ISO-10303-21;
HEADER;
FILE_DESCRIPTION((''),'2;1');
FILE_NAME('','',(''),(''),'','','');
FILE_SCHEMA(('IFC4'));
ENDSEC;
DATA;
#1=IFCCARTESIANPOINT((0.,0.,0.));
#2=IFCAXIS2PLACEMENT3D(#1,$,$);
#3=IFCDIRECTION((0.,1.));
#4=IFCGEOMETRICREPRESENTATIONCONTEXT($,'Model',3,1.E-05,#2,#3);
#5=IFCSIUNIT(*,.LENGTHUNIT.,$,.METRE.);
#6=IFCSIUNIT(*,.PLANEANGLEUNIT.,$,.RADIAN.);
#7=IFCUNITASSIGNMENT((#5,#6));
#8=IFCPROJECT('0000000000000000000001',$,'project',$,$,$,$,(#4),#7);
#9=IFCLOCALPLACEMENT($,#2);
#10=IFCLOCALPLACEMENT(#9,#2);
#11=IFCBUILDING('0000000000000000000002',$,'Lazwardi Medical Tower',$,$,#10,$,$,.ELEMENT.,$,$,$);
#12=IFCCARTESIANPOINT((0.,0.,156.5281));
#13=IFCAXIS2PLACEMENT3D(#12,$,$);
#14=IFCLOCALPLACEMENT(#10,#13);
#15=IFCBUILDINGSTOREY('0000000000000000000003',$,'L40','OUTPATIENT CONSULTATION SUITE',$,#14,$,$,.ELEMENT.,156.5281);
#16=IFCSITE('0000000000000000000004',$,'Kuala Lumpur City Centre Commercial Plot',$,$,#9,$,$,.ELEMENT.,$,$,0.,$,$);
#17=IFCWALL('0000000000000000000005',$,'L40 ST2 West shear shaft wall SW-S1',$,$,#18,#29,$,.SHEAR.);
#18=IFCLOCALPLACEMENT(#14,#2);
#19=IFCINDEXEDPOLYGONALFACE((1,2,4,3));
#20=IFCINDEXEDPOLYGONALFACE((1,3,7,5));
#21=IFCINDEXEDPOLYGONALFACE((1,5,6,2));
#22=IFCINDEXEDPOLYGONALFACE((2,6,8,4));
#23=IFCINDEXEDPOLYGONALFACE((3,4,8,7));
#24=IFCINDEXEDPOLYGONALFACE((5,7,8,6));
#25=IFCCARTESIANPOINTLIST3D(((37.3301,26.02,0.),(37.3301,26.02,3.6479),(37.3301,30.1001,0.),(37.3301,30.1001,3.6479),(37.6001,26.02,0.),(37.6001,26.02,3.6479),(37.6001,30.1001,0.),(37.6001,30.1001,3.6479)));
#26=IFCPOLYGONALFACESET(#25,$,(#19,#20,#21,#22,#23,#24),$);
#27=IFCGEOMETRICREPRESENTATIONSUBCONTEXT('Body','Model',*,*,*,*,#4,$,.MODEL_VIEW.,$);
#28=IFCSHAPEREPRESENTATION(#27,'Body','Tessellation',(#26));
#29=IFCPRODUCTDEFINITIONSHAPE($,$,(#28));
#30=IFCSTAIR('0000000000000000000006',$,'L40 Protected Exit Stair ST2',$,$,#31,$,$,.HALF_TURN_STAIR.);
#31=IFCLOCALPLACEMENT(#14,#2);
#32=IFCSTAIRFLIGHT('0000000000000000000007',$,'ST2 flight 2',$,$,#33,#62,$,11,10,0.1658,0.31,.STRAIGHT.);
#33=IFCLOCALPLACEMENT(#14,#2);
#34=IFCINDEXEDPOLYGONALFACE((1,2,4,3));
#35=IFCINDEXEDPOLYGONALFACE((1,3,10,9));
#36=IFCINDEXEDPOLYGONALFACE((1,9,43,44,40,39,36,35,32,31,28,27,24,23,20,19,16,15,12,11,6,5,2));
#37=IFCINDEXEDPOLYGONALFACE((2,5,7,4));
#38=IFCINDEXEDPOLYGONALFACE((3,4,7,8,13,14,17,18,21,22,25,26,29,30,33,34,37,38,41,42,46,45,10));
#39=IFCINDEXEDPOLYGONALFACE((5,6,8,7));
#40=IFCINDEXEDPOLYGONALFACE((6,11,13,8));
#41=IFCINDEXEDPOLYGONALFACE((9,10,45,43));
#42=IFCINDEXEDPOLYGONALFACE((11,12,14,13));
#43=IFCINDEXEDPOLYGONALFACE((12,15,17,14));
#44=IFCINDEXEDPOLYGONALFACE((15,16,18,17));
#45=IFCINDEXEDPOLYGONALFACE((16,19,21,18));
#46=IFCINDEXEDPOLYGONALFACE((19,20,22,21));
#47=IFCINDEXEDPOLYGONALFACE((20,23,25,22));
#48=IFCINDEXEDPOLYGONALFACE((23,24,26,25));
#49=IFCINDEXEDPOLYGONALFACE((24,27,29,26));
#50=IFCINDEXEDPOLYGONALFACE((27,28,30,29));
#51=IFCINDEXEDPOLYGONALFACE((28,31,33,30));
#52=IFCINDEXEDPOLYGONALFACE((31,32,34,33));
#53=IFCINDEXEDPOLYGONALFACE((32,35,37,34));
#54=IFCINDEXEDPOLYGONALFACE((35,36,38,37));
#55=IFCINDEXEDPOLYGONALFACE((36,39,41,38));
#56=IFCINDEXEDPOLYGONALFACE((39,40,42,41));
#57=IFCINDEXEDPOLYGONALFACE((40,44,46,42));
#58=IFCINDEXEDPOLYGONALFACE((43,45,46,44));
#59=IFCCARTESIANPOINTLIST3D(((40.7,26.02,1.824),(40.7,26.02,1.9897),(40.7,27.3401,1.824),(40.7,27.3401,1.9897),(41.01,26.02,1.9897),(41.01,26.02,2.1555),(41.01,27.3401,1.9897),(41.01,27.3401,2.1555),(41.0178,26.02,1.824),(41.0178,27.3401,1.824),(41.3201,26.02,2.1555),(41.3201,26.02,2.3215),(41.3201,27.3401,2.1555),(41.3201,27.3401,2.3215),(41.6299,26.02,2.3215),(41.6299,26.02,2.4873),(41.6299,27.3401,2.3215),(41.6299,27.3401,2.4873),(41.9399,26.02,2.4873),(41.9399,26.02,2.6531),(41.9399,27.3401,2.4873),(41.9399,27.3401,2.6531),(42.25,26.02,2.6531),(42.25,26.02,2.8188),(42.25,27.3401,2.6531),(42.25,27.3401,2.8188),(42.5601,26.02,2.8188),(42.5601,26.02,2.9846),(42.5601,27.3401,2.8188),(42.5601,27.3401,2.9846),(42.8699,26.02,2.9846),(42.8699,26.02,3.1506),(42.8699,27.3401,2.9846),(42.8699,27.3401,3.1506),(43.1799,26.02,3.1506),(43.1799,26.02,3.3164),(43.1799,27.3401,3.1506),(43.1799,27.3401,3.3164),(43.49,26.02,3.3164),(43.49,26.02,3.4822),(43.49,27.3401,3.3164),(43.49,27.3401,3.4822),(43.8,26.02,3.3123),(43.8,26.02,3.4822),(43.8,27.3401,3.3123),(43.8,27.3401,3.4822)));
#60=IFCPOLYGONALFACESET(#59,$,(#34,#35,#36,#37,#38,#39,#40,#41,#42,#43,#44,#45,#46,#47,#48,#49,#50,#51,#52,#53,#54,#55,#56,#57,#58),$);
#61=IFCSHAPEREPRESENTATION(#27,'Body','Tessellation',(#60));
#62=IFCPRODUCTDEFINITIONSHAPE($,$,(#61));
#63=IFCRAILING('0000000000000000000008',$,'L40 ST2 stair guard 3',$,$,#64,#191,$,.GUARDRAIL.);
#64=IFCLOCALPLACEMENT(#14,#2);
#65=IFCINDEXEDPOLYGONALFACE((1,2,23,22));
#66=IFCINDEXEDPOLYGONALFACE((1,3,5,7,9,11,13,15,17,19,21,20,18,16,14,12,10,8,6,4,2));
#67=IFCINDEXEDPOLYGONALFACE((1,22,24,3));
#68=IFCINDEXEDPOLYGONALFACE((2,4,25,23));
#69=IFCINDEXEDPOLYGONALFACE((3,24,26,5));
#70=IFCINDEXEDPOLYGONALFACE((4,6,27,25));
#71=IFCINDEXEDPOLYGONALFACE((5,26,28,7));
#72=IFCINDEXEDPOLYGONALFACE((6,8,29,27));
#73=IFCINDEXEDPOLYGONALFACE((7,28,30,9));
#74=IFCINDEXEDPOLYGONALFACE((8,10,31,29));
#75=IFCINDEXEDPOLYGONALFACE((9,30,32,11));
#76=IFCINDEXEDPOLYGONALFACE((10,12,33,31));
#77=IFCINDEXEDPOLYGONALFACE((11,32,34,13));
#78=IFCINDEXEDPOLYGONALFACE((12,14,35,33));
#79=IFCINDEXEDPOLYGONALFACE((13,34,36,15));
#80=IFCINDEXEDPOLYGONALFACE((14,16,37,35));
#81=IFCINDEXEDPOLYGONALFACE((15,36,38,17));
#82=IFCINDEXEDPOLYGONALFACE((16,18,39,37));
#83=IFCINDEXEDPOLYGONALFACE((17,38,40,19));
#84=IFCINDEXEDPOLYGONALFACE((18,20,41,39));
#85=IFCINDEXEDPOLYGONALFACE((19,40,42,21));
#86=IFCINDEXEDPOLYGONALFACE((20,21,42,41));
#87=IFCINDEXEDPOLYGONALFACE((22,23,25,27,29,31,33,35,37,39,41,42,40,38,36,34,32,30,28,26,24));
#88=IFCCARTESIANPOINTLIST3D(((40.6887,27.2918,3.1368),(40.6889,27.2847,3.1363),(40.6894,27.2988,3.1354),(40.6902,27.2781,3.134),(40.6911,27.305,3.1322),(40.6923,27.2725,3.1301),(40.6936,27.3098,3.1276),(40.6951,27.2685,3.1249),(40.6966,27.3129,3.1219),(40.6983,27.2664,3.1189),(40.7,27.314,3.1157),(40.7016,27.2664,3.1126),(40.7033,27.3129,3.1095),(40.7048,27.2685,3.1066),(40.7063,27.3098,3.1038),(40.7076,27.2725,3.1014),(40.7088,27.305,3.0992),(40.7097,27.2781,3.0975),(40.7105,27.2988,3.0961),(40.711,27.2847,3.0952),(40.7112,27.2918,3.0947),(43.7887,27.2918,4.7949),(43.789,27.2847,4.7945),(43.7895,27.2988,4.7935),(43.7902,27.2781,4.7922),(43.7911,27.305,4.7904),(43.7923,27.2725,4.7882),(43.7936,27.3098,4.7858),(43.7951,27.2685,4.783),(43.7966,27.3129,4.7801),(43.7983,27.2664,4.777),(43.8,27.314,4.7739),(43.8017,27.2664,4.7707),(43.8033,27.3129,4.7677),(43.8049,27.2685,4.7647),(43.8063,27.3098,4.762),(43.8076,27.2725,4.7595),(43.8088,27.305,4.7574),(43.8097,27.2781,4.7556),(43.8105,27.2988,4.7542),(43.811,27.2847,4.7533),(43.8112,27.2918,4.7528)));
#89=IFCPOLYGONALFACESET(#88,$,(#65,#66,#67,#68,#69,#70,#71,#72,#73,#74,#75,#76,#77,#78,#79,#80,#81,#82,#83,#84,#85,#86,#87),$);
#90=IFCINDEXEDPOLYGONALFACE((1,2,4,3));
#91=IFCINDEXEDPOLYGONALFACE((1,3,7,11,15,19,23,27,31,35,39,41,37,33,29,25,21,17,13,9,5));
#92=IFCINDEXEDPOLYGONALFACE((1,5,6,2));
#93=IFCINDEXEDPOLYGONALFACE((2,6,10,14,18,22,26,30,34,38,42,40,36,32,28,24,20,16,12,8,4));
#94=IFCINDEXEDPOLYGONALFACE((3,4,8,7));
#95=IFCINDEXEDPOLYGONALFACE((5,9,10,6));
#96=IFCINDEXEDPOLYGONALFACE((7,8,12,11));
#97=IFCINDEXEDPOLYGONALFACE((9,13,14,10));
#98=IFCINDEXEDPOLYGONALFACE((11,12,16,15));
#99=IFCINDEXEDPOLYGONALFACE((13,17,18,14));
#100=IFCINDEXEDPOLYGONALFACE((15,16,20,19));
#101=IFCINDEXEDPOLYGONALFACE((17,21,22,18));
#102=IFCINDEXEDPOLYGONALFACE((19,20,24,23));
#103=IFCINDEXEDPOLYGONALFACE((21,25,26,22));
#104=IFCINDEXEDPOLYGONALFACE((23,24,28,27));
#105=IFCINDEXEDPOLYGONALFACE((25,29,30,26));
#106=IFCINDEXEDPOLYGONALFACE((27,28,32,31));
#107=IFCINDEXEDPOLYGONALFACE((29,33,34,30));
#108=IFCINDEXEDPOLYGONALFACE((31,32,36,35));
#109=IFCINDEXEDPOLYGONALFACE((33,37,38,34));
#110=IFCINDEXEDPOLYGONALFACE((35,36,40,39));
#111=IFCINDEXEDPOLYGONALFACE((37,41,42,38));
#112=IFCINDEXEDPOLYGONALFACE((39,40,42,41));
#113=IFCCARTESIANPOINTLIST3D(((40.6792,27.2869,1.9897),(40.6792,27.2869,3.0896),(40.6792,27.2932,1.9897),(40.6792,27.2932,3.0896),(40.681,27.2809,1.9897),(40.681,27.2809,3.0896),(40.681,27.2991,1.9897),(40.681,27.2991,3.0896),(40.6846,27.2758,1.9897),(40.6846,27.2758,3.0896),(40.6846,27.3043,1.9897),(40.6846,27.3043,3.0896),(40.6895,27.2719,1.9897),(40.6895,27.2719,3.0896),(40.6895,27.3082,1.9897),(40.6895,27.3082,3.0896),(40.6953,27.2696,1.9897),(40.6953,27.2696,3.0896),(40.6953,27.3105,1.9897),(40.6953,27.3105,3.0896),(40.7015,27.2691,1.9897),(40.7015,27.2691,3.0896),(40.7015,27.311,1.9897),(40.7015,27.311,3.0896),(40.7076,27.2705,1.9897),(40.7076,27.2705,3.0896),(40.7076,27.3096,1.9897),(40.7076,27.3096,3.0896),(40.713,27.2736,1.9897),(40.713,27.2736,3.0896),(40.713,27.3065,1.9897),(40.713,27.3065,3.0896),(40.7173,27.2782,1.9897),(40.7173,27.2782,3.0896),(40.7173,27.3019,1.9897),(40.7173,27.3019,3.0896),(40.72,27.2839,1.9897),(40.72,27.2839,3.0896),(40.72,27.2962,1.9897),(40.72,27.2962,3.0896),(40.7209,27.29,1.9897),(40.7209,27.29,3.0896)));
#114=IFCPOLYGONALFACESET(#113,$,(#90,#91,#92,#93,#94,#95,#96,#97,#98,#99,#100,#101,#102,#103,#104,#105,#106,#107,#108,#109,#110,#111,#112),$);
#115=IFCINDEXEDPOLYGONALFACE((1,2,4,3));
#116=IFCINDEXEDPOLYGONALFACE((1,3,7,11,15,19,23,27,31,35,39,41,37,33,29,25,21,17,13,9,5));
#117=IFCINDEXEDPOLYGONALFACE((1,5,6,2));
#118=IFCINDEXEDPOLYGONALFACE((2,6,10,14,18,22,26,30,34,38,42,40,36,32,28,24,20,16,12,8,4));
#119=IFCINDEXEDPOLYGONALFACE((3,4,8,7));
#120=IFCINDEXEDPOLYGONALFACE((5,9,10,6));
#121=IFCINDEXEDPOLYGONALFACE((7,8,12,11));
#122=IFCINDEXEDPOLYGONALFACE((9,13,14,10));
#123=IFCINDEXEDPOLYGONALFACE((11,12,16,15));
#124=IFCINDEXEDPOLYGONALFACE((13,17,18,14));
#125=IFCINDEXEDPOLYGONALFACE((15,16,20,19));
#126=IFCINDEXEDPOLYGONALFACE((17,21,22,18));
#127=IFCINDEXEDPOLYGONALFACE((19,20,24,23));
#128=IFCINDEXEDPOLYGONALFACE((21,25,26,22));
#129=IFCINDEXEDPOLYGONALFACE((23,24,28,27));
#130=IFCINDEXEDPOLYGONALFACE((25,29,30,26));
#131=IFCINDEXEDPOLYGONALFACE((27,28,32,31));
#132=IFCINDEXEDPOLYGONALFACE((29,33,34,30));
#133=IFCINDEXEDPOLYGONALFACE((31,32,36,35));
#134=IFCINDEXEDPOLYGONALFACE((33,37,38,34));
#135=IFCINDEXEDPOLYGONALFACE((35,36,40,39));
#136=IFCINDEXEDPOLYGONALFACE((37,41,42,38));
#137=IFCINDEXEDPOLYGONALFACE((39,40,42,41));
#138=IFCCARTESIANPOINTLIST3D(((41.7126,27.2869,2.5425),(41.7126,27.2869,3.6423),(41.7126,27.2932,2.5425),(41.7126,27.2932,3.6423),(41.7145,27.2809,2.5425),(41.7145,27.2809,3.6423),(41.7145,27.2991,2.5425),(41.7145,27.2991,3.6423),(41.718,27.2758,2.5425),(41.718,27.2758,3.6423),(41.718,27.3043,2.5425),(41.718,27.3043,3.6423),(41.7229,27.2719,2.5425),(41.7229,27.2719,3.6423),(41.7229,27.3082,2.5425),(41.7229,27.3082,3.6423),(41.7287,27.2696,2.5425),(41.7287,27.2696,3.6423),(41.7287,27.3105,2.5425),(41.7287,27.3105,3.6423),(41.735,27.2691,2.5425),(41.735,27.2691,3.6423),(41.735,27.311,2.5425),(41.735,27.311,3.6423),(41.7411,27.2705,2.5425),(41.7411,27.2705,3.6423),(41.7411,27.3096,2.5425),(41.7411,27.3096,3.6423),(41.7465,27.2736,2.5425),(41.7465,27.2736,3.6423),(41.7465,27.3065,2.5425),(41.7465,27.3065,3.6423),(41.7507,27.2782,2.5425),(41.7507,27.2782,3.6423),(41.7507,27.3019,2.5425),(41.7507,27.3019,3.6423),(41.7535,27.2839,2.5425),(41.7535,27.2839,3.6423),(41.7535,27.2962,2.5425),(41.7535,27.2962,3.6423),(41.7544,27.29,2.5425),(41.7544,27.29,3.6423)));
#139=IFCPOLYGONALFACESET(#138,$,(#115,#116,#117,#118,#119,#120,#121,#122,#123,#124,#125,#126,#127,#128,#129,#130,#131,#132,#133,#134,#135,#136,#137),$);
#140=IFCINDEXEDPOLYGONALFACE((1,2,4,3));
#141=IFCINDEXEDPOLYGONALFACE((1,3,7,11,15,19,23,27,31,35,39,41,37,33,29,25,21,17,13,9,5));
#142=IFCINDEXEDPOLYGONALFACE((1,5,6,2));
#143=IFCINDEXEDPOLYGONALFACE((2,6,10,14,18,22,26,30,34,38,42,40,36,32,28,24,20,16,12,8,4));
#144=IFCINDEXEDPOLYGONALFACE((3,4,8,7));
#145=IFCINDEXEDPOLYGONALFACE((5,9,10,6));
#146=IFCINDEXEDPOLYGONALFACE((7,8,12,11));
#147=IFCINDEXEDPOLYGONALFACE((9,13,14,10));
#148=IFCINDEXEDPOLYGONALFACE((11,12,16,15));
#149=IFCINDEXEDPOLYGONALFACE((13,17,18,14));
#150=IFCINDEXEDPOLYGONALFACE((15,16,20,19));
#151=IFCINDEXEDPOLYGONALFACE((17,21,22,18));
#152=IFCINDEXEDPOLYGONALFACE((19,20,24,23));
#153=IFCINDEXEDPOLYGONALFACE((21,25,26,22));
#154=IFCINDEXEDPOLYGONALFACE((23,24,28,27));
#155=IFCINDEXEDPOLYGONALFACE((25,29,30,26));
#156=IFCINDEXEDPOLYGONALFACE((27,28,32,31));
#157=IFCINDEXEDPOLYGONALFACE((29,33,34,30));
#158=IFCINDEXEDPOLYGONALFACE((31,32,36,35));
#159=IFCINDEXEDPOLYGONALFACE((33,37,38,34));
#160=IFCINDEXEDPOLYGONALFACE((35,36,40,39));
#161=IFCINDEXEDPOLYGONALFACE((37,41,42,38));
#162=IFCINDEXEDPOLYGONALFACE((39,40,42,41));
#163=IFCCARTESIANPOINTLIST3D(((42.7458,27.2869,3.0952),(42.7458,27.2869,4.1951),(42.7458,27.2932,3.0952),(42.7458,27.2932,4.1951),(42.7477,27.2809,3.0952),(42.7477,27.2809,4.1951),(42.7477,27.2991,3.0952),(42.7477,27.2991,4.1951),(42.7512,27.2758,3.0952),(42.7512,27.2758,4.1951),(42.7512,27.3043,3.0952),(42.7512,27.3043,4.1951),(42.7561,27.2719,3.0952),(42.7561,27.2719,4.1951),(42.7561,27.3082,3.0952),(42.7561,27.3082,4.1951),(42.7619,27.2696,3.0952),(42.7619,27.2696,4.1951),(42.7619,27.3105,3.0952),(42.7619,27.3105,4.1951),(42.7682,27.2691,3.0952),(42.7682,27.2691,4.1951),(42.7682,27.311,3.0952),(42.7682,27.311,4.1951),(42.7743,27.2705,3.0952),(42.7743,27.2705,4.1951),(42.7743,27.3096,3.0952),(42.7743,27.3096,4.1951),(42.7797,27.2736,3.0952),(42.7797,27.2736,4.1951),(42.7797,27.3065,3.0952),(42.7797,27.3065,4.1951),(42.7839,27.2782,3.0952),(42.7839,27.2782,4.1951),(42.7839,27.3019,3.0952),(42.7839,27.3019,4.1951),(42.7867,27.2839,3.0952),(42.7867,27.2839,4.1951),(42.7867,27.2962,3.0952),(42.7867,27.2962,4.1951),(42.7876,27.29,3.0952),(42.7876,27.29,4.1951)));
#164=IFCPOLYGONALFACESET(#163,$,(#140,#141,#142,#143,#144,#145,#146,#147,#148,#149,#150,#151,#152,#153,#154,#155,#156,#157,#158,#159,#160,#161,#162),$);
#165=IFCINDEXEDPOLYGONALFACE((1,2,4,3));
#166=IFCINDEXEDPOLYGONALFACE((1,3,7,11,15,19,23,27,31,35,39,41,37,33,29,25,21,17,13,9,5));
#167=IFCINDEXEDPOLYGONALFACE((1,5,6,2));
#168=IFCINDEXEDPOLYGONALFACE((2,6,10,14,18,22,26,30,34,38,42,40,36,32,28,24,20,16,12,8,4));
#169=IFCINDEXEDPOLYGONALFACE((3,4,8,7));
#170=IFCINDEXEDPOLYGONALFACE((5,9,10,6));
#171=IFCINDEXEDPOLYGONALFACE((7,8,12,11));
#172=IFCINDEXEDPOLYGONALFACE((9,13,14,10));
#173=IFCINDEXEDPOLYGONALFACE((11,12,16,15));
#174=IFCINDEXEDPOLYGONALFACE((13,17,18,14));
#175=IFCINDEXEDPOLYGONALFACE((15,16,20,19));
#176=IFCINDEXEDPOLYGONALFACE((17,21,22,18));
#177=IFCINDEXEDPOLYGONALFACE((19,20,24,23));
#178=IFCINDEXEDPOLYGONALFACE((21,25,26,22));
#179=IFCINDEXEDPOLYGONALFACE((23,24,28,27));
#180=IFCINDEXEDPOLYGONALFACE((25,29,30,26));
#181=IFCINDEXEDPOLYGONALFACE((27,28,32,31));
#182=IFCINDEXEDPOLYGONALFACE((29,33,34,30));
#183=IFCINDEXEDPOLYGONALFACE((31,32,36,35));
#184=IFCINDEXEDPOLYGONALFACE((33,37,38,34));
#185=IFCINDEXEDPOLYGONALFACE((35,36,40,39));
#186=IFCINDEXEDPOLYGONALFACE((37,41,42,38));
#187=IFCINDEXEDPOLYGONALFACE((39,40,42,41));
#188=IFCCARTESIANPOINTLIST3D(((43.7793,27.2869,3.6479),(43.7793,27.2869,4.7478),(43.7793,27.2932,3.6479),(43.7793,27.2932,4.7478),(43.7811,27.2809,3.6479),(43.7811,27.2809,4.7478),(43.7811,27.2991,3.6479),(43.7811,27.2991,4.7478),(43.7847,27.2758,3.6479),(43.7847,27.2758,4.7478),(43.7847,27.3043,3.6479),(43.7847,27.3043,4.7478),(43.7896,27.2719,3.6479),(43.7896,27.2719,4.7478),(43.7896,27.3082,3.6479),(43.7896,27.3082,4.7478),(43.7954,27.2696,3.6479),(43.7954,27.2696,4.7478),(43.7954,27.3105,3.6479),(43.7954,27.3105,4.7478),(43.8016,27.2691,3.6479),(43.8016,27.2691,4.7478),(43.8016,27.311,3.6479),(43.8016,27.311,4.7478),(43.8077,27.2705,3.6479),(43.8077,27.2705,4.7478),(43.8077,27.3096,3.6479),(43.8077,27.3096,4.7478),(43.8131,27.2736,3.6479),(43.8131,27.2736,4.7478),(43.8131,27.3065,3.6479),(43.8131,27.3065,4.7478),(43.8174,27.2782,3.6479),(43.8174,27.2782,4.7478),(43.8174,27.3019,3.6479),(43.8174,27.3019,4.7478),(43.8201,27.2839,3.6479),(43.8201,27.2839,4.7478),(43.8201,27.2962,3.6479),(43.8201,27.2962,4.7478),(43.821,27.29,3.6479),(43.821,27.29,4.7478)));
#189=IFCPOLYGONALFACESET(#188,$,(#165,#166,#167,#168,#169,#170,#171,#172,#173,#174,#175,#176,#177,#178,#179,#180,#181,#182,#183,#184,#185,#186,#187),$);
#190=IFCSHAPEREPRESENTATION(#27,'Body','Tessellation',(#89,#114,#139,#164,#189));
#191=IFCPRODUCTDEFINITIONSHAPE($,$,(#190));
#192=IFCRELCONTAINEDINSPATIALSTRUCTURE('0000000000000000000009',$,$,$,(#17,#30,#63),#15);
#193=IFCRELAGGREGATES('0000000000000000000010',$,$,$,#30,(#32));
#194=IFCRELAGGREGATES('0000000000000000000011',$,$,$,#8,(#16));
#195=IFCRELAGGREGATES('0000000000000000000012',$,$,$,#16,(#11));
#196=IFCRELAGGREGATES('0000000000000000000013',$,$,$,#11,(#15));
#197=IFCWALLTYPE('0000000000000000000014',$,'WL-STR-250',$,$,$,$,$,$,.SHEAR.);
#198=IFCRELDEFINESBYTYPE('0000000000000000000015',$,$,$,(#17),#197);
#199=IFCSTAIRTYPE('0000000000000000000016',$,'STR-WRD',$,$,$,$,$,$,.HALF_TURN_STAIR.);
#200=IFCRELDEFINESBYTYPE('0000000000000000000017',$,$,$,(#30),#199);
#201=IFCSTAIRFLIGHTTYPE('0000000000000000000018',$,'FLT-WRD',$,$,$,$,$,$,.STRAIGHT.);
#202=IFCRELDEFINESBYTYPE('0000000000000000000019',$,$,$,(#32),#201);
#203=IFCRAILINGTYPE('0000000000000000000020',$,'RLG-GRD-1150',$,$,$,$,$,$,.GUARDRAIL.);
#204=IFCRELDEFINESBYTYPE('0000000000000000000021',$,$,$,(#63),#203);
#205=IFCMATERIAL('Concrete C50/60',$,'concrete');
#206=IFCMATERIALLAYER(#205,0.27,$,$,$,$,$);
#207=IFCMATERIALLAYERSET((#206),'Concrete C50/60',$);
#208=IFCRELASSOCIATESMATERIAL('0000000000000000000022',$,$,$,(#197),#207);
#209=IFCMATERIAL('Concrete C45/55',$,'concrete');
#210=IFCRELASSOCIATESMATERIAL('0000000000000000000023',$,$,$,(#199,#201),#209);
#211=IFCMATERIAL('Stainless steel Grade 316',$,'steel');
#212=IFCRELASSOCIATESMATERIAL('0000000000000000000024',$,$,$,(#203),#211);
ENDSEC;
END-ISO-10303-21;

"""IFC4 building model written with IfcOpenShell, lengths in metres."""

from ifc_helpers import new_model, si_unit, direction, frame, frame_2d, origin, origin_2d, place, context, subcontext, project, spatial, polyline, rectangle, circle, outline, extrude, material, layer, layer_set, type_object, element, aggregate, save


model = new_model("IFC4")

# Units and contexts
model_context = context("Model", 3, precision=1e-05, world=origin(), true_north=direction((0.0, 1.0)))
body_context = subcontext(model_context, "Body", "Model", "MODEL_VIEW")
ifc_project = project(units=[si_unit("LENGTHUNIT", "METRE"), si_unit("PLANEANGLEUNIT", "RADIAN")], contexts=[model_context])

# Site, building, storey
site_placement = place(None, origin())
site = spatial("IfcSite", under=ifc_project, at=site_placement, Name="Kuala Lumpur City Centre Commercial Plot", CompositionType="ELEMENT", RefElevation=0.0)
building_placement = place(site_placement, origin())
building = spatial("IfcBuilding", under=site, at=building_placement, Name="Lazwardi Medical Tower", CompositionType="ELEMENT")
storey_placement = place(building_placement, frame((0.0, 0.0, 156.5281)))
storey = spatial("IfcBuildingStorey", under=building, at=storey_placement, Name="L40", Description="OUTPATIENT CONSULTATION SUITE", CompositionType="ELEMENT", Elevation=156.5281)

# Wall
ifc_material_1 = material(Name="Concrete C50/60", Category="concrete")
ifc_layer_1 = layer(ifc_material_1, 0.27)
ifc_layer_set_1 = layer_set([ifc_layer_1], Name="Concrete C50/60")
wall_type_1 = type_object("IfcWallType", Name="WL-STR-250", PredefinedType="SHEAR", material=ifc_layer_set_1)
wall_1_placement = place(storey_placement, frame((37.4651, 26.02, 0.0), z_axis=(0.0, 0.0, 1.0), x_axis=(0.0, 1.0, 0.0)))
element("IfcWall", 1, at=wall_1_placement, inside=storey, type_object=wall_type_1, Name="L40 ST2 West shear shaft wall SW-S1", PredefinedType="SHEAR", context=body_context, shape_type="SweptSolid", body=[
    extrude(rectangle(XDim=4.0801, YDim=0.27, at=frame_2d((2.04, 0.0))), origin(), (0.0, 0.0, 1.0), 3.6479),
])

# Stair, stair flight
ifc_material_2 = material(Name="Concrete C45/55", Category="concrete")
stair_type = type_object("IfcStairType", Name="STR-WRD", PredefinedType="HALF_TURN_STAIR", material=ifc_material_2)
stair_placement = place(storey_placement, origin())
stair = element("IfcStair", 2, at=stair_placement, inside=storey, type_object=stair_type, Name="L40 Protected Exit Stair ST2", PredefinedType="HALF_TURN_STAIR")
stair_flight_type = type_object("IfcStairFlightType", Name="FLT-WRD", PredefinedType="STRAIGHT", material=ifc_material_2)
stair_flight_placement = place(storey_placement, frame((40.7, 26.6799, 1.824), z_axis=(0.0, 0.0, 1.0), x_axis=(1.0, 0.0, 0.0)))
stair_flight = element("IfcStairFlight", 3, at=stair_flight_placement, type_object=stair_flight_type, Name="ST2 flight 2", NumberOfRisers=11, NumberOfTreads=10, PredefinedType="STRAIGHT", RiserHeight=0.1658, TreadLength=0.31, context=body_context, shape_type="SweptSolid", body=[
    extrude(outline(polyline([(0.0, 0.0), (0.0, 0.1658), (0.3101, 0.1658), (0.3101, 0.3315), (0.6201, 0.3315), (0.6201, 0.4976), (0.9299, 0.4976), (0.9299, 0.6633), (1.24, 0.6633), (1.24, 0.8291), (1.55, 0.8291), (1.55, 0.9949), (1.8601, 0.9949), (1.8601, 1.1606), (2.1699, 1.1606), (2.1699, 1.3267), (2.48, 1.3267), (2.48, 1.4924), (2.79, 1.4924), (2.79, 1.6582), (3.1001, 1.6582), (3.1001, 1.824), (3.1001, 1.4883), (0.3179, 0.0), (0.0, 0.0)])), frame((0.0, 0.6602, 0.0), z_axis=(0.0, -1.0, 0.0), x_axis=(1.0, 0.0, 0.0)), (0.0, 0.0, 1.0), 1.3201),
])
aggregate(stair, [stair_flight])

# Railing
ifc_material_3 = material(Name="Stainless steel Grade 316", Category="steel")
railing_type_1 = type_object("IfcRailingType", Name="RLG-GRD-1150", PredefinedType="GUARDRAIL", material=ifc_material_3)
railing_1_placement = place(storey_placement, frame((40.7, 27.29, 1.9897)))
element("IfcRailing", 4, at=railing_1_placement, inside=storey, type_object=railing_type_1, Name="L40 ST2 stair guard 3", PredefinedType="GUARDRAIL", context=body_context, shape_type="SweptSolid", body=[
    extrude(circle(Radius=0.0239, at=origin_2d()), frame((0.0, 0.0, 1.126), z_axis=(0.881783, 0.0, 0.471655), x_axis=(0.0, 1.0, 0.0)), (0.0, 0.0, 1.0), 3.5156),
    extrude(circle(Radius=0.021, at=origin_2d()), origin(), (0.0, 0.0, 1.0), 1.0999),
    extrude(circle(Radius=0.021, at=origin_2d()), frame((1.0334, 0.0, 0.5527)), (0.0, 0.0, 1.0), 1.0999),
    extrude(circle(Radius=0.021, at=origin_2d()), frame((2.0667, 0.0, 1.1055)), (0.0, 0.0, 1.0), 1.0999),
    extrude(circle(Radius=0.021, at=origin_2d()), frame((3.1001, 0.0, 1.6582)), (0.0, 0.0, 1.0), 1.0999),
])

save(model, "model.ifc")
